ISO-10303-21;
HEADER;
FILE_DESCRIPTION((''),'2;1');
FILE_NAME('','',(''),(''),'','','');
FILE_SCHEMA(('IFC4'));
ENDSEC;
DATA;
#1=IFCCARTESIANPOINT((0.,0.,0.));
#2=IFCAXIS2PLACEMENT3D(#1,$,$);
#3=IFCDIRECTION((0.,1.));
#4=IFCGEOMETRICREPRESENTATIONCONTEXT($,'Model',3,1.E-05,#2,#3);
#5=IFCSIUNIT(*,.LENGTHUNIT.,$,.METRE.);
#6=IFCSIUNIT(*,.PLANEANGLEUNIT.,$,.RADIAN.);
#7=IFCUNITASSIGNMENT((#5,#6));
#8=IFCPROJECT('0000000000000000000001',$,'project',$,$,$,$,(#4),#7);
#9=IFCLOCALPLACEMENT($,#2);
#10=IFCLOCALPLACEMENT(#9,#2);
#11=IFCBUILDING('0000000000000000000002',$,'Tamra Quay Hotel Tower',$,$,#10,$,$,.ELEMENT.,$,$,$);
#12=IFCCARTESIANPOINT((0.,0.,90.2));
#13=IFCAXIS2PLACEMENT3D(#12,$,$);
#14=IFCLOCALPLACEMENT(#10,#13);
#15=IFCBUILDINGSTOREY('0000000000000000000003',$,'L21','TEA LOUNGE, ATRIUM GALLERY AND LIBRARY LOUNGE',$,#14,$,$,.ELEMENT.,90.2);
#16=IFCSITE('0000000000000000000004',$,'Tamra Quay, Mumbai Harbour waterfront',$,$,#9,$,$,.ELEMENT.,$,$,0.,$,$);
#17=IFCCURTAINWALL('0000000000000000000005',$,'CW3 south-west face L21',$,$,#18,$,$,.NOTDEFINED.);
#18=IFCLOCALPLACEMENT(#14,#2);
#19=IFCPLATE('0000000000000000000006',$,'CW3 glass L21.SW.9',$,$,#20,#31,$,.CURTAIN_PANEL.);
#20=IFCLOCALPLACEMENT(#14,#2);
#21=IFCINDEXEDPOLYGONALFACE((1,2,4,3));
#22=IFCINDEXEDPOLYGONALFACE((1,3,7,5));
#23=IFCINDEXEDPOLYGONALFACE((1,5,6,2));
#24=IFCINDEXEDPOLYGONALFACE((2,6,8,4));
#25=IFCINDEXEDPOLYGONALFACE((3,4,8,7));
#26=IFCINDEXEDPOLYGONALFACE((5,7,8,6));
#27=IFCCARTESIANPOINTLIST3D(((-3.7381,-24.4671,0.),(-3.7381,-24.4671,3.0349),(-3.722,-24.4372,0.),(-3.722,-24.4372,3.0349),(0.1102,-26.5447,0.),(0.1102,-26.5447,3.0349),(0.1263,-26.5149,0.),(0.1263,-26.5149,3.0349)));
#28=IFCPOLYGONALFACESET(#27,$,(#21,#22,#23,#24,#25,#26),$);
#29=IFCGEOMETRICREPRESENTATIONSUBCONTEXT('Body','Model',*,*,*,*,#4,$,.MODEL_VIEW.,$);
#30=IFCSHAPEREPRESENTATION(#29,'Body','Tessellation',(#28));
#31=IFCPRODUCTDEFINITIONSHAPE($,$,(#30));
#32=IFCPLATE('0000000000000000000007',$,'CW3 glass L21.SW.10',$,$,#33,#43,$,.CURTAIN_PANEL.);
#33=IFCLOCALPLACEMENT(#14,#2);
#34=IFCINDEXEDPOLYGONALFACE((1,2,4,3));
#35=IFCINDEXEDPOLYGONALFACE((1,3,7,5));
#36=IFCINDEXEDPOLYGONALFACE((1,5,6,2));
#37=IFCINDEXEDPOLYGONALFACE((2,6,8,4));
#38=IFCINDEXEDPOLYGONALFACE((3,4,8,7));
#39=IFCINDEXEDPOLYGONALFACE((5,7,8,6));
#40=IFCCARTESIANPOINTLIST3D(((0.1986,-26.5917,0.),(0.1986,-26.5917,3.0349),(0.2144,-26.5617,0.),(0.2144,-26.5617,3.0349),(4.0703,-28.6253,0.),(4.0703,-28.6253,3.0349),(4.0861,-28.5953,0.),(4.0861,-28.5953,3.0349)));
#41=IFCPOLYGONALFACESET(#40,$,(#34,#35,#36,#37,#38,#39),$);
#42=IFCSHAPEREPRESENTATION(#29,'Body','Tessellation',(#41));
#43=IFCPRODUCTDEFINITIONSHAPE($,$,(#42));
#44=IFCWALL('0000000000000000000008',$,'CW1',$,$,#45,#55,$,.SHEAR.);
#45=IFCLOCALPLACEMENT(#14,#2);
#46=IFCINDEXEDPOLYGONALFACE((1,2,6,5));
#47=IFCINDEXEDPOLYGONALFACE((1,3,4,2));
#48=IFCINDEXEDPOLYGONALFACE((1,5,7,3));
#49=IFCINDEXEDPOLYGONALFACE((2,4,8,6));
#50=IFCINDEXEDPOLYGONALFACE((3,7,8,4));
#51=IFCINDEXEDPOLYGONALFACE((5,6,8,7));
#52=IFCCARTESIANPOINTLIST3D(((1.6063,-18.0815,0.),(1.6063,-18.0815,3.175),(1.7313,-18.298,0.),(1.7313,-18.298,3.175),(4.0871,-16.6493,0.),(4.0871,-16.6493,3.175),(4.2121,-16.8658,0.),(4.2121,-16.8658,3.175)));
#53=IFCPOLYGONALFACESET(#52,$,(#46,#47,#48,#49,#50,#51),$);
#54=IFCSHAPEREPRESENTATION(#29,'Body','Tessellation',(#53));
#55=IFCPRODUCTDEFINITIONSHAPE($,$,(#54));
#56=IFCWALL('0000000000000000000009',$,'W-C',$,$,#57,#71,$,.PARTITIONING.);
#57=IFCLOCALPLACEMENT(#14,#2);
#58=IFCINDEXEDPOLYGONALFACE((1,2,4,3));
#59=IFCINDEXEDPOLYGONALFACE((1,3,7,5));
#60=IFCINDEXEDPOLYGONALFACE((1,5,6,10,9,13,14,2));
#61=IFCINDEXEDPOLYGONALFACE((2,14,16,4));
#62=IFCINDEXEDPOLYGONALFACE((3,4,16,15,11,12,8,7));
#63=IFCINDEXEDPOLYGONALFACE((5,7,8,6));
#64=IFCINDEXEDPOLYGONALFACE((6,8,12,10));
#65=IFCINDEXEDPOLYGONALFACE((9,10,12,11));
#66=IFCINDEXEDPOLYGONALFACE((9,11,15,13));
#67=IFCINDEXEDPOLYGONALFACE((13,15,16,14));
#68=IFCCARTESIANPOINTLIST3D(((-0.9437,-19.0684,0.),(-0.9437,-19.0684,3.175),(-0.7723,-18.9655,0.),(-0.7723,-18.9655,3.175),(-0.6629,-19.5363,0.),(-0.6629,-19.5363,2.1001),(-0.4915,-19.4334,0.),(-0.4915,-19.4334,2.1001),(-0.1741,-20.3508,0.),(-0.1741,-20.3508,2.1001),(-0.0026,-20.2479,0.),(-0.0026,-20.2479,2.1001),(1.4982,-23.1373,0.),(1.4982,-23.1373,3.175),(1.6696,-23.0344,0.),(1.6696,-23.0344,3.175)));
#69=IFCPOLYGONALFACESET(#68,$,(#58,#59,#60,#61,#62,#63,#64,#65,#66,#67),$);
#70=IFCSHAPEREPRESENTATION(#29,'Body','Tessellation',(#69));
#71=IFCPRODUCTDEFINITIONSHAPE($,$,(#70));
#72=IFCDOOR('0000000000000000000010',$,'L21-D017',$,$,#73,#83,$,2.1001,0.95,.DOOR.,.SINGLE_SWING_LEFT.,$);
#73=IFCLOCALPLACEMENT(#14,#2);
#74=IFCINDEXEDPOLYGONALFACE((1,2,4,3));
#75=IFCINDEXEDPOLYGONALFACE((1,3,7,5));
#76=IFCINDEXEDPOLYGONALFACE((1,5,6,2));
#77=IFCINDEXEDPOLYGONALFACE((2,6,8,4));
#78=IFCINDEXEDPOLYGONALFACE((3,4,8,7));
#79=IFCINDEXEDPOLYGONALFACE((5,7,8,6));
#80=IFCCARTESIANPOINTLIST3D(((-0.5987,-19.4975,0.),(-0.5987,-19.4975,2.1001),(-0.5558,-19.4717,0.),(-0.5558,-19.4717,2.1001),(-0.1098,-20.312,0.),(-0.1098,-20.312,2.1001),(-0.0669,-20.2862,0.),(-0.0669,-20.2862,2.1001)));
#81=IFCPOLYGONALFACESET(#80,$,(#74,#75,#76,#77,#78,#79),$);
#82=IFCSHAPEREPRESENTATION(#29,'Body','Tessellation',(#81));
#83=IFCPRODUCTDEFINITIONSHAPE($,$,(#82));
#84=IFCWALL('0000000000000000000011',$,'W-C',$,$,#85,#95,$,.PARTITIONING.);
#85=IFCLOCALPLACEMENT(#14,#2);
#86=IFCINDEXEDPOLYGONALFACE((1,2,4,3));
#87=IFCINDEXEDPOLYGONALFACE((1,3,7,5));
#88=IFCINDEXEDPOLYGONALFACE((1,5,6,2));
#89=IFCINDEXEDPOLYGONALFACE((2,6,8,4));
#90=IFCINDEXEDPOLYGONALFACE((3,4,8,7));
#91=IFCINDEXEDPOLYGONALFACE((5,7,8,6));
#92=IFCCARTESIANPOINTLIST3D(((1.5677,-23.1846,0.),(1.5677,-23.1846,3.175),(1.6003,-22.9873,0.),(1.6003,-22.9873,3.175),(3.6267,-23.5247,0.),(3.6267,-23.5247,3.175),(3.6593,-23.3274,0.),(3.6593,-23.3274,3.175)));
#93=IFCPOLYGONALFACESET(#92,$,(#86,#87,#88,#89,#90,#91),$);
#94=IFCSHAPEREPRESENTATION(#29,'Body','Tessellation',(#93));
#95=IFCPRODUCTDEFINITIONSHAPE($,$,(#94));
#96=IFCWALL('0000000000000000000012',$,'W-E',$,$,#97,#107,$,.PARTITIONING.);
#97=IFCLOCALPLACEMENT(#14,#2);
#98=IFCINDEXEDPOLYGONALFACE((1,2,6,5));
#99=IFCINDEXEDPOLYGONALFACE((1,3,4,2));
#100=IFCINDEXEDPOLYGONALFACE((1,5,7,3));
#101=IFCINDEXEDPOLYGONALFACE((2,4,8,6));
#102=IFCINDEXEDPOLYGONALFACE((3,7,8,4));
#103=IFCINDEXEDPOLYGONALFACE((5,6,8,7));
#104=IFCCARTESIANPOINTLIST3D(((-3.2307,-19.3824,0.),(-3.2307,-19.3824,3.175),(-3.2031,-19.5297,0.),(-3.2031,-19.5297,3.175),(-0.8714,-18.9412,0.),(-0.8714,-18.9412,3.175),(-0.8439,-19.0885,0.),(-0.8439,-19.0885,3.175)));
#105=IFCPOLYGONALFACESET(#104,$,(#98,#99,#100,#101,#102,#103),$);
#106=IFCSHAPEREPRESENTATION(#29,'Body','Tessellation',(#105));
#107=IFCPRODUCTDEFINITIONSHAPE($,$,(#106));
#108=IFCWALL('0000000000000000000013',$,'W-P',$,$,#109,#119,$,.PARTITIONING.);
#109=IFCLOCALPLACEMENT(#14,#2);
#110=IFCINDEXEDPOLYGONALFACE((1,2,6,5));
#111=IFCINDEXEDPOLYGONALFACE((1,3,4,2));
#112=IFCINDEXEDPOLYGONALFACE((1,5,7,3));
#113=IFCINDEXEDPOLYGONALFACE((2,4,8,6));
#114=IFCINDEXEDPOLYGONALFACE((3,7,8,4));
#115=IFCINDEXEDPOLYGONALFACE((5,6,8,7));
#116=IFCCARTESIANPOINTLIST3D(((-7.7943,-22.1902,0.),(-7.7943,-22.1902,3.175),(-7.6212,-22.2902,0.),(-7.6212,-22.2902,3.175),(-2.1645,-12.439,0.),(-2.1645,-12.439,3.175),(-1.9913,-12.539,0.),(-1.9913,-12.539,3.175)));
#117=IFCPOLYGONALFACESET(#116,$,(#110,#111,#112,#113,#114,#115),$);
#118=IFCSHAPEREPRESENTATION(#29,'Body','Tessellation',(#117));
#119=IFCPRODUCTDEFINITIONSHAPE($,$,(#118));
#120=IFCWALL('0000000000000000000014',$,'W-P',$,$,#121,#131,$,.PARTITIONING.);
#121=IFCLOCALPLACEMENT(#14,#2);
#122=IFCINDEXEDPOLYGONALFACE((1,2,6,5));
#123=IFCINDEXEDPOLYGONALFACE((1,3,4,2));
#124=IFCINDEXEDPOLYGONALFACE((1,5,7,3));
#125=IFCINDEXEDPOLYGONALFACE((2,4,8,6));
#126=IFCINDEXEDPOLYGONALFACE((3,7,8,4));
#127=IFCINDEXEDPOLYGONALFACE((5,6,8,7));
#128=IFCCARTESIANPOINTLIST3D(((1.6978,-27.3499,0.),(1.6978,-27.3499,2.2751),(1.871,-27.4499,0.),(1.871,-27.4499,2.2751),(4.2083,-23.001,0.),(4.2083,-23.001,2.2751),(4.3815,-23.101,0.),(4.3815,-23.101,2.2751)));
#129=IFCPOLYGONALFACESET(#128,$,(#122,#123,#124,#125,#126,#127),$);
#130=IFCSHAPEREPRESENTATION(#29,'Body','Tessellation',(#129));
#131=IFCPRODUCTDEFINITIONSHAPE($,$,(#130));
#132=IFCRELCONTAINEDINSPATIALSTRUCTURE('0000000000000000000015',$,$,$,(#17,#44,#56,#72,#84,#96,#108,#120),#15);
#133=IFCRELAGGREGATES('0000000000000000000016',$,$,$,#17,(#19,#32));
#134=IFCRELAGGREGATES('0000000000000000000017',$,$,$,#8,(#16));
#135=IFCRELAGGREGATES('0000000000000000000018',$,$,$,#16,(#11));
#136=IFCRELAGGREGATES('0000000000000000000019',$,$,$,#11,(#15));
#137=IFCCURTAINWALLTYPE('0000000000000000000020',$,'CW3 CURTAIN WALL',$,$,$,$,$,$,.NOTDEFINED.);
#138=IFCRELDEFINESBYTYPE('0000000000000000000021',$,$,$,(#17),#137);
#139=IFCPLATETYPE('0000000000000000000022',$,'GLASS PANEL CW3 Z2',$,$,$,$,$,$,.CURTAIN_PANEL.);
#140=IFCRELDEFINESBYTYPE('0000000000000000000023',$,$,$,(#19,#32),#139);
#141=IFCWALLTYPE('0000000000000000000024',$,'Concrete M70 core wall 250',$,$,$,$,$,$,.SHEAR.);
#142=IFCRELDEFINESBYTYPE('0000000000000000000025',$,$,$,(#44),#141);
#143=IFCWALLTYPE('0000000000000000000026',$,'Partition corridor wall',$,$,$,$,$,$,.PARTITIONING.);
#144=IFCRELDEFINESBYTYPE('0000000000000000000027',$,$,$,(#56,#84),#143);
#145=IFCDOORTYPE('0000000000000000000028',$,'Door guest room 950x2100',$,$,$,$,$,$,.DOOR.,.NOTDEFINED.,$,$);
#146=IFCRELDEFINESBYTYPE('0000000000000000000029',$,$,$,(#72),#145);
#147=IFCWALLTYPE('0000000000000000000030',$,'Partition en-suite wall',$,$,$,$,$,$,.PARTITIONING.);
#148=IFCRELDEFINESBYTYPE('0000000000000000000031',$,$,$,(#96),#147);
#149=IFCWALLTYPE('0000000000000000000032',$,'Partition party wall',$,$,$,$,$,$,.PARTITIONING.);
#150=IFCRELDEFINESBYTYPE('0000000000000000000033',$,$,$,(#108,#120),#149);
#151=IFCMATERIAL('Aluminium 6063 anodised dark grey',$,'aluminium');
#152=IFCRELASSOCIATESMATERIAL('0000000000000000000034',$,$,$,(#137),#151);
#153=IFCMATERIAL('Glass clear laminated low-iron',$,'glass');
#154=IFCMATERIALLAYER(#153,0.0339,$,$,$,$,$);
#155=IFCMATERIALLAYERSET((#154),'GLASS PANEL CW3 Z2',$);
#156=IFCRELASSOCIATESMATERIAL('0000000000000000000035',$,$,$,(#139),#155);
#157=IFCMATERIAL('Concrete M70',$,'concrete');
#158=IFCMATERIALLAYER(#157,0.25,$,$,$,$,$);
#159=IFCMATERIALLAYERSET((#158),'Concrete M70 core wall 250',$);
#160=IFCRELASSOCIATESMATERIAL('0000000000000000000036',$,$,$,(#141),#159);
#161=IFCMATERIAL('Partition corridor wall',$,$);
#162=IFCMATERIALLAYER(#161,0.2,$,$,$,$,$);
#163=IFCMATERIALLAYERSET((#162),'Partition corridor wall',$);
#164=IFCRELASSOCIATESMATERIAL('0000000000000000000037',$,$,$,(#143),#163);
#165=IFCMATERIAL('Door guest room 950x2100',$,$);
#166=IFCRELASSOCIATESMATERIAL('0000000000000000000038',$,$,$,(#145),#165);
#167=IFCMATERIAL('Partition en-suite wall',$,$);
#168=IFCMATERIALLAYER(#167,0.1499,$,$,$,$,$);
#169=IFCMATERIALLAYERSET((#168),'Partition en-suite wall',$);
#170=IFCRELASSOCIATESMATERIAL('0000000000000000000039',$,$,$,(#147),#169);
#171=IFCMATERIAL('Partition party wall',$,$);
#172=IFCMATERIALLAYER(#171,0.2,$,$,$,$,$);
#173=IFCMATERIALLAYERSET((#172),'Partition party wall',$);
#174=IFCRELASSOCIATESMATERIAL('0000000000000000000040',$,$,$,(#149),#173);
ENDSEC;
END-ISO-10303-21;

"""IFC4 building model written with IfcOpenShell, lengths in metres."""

from ifc_helpers import new_model, si_unit, direction, frame, frame_2d, origin, origin_2d, place, context, subcontext, project, spatial, rectangle, extrude, material, layer, layer_set, type_object, element, fill, aggregate, save


model = new_model("IFC4")

# Units and contexts
model_context = context("Model", 3, precision=1e-05, world=origin(), true_north=direction((0.0, 1.0)))
body_context = subcontext(model_context, "Body", "Model", "MODEL_VIEW")
ifc_project = project(units=[si_unit("LENGTHUNIT", "METRE"), si_unit("PLANEANGLEUNIT", "RADIAN")], contexts=[model_context])

# Site, building, storey
site_placement = place(None, origin())
site = spatial("IfcSite", under=ifc_project, at=site_placement, Name="Tamra Quay, Mumbai Harbour waterfront", CompositionType="ELEMENT", RefElevation=0.0)
building_placement = place(site_placement, origin())
building = spatial("IfcBuilding", under=site, at=building_placement, Name="Tamra Quay Hotel Tower", CompositionType="ELEMENT")
storey_placement = place(building_placement, frame((0.0, 0.0, 90.2)))
storey = spatial("IfcBuildingStorey", under=building, at=storey_placement, Name="L21", Description="TEA LOUNGE, ATRIUM GALLERY AND LIBRARY LOUNGE", CompositionType="ELEMENT", Elevation=90.2)

# Shared definitions
ifc_material_1 = material(Name="Concrete M70", Category="concrete")

# Curtain wall
ifc_material_2 = material(Name="Aluminium 6063 anodised dark grey", Category="aluminium")
curtain_wall_type = type_object("IfcCurtainWallType", Name="CW3 CURTAIN WALL", PredefinedType="NOTDEFINED", material=ifc_material_2)
curtain_wall_placement = place(storey_placement, origin())
curtain_wall = element("IfcCurtainWall", 1, at=curtain_wall_placement, inside=storey, type_object=curtain_wall_type, Name="CW3 south-west face L21", PredefinedType="NOTDEFINED")

# Plates
ifc_material_3 = material(Name="Glass clear laminated low-iron", Category="glass")
ifc_layer_1 = layer(ifc_material_3, 0.0339)
ifc_layer_set_1 = layer_set([ifc_layer_1], Name="GLASS PANEL CW3 Z2")
plate_type = type_object("IfcPlateType", Name="GLASS PANEL CW3 Z2", PredefinedType="CURTAIN_PANEL", material=ifc_layer_set_1)
plate_1_placement = place(storey_placement, frame((-1.8059, -25.491, 0.0), z_axis=(0.0, 0.0, 1.0), x_axis=(0.879946, -0.475074, 0.0)))
plate_1 = element("IfcPlate", 2, at=plate_1_placement, type_object=plate_type, Name="CW3 glass L21.SW.9", PredefinedType="CURTAIN_PANEL", context=body_context, shape_type="SweptSolid", body=[
    extrude(rectangle(XDim=4.3733, YDim=0.0339, at=origin_2d()), origin(), (0.0, 0.0, 1.0), 3.0349),
])
plate_2_placement = place(storey_placement, frame((2.1423, -27.5935, 0.0), z_axis=(0.0, 0.0, 1.0), x_axis=(0.885306, -0.465009, 0.0)))
plate_2 = element("IfcPlate", 3, at=plate_2_placement, type_object=plate_type, Name="CW3 glass L21.SW.10", PredefinedType="CURTAIN_PANEL", context=body_context, shape_type="SweptSolid", body=[
    extrude(rectangle(XDim=4.3733, YDim=0.0339, at=origin_2d()), origin(), (0.0, 0.0, 1.0), 3.0349),
])
aggregate(curtain_wall, [plate_1, plate_2])

# Wall
ifc_layer_2 = layer(ifc_material_1, 0.25)
ifc_layer_set_2 = layer_set([ifc_layer_2], Name="Concrete M70 core wall 250")
wall_type_1 = type_object("IfcWallType", Name="Concrete M70 core wall 250", PredefinedType="SHEAR", material=ifc_layer_set_2)
wall_1_placement = place(storey_placement, frame((1.6689, -18.1897, 0.0), z_axis=(0.0, 0.0, 1.0), x_axis=(0.866042, 0.499971, 0.0)))
element("IfcWall", 4, at=wall_1_placement, inside=storey, type_object=wall_type_1, Name="CW1", PredefinedType="SHEAR", context=body_context, shape_type="SweptSolid", body=[
    extrude(rectangle(XDim=2.8645, YDim=0.25, at=frame_2d((1.4321, 0.0))), origin(), (0.0, 0.0, 1.0), 3.175),
])

# Wall, opening, door
ifc_material_4 = material(Name="Partition corridor wall")
ifc_layer_3 = layer(ifc_material_4, 0.2)
ifc_layer_set_3 = layer_set([ifc_layer_3], Name="Partition corridor wall")
wall_type_2 = type_object("IfcWallType", Name="Partition corridor wall", PredefinedType="PARTITIONING", material=ifc_layer_set_3)
wall_2_placement = place(storey_placement, frame((-0.8579, -19.0171, 0.0), z_axis=(0.0, 0.0, 1.0), x_axis=(0.514587, -0.857438, 0.0)))
wall_2 = element("IfcWall", 5, at=wall_2_placement, inside=storey, type_object=wall_type_2, Name="W-C", PredefinedType="PARTITIONING", context=body_context, shape_type="SweptSolid", body=[
    extrude(rectangle(XDim=4.7454, YDim=0.2, at=frame_2d((2.3726, 0.0))), origin(), (0.0, 0.0, 1.0), 3.175),
])
opening_placement = place(wall_2_placement, frame((0.5454, 0.0, 0.0)))
opening = element("IfcOpeningElement", 6, at=opening_placement, cuts=wall_2, PredefinedType="OPENING", context=body_context, shape_type="SweptSolid", body=[
    extrude(rectangle(XDim=0.95, YDim=2.1001, at=frame_2d((0.4751, 1.05))), frame((0.0, 0.1099, 0.0), z_axis=(0.0, -1.0, 0.0), x_axis=(1.0, 0.0, 0.0)), (0.0, 0.0, 1.0), 0.22),
])
ifc_material_5 = material(Name="Door guest room 950x2100")
door_type = type_object("IfcDoorType", Name="Door guest room 950x2100", OperationType="NOTDEFINED", PredefinedType="DOOR", material=ifc_material_5)
door_placement = place(opening_placement, frame((0.95, 0.0, 0.0), z_axis=(0.0, 0.0, 1.0), x_axis=(-1.0, 0.0, 0.0)))
door = element("IfcDoor", 7, at=door_placement, inside=storey, type_object=door_type, Name="L21-D017", OperationType="SINGLE_SWING_LEFT", OverallHeight=2.1001, OverallWidth=0.95, PredefinedType="DOOR", context=body_context, shape_type="SweptSolid", body=[
    extrude(rectangle(XDim=0.95, YDim=2.1001, at=frame_2d((0.4751, 1.05))), frame((0.0, 0.0249, 0.0), z_axis=(0.0, -1.0, 0.0), x_axis=(1.0, 0.0, 0.0)), (0.0, 0.0, 1.0), 0.05),
])
fill(opening, door)

# Walls
wall_3_placement = place(storey_placement, frame((1.584, -23.0859, 0.0), z_axis=(0.0, 0.0, 1.0), x_axis=(0.986633, -0.162957, 0.0)))
element("IfcWall", 8, at=wall_3_placement, inside=storey, type_object=wall_type_2, Name="W-C", PredefinedType="PARTITIONING", context=body_context, shape_type="SweptSolid", body=[
    extrude(rectangle(XDim=2.0869, YDim=0.2, at=frame_2d((1.0435, 0.0))), origin(), (0.0, 0.0, 1.0), 3.175),
])
ifc_material_6 = material(Name="Partition en-suite wall")
ifc_layer_4 = layer(ifc_material_6, 0.1499)
ifc_layer_set_4 = layer_set([ifc_layer_4], Name="Partition en-suite wall")
wall_type_3 = type_object("IfcWallType", Name="Partition en-suite wall", PredefinedType="PARTITIONING", material=ifc_layer_set_4)
wall_4_placement = place(storey_placement, frame((-3.217, -19.4561, 0.0), z_axis=(0.0, 0.0, 1.0), x_axis=(0.982961, 0.183816, 0.0)))
element("IfcWall", 9, at=wall_4_placement, inside=storey, type_object=wall_type_3, Name="W-E", PredefinedType="PARTITIONING", context=body_context, shape_type="SweptSolid", body=[
    extrude(rectangle(XDim=2.4001, YDim=0.1499, at=frame_2d((1.2002, 0.0))), origin(), (0.0, 0.0, 1.0), 3.175),
])
ifc_material_7 = material(Name="Partition party wall")
ifc_layer_5 = layer(ifc_material_7, 0.2)
ifc_layer_set_5 = layer_set([ifc_layer_5], Name="Partition party wall")
wall_type_4 = type_object("IfcWallType", Name="Partition party wall", PredefinedType="PARTITIONING", material=ifc_layer_set_5)
wall_5_placement = place(storey_placement, frame((-7.7078, -22.2402, 0.0), z_axis=(0.0, 0.0, 1.0), x_axis=(0.500001, 0.866025, 0.0)))
element("IfcWall", 10, at=wall_5_placement, inside=storey, type_object=wall_type_4, Name="W-P", PredefinedType="PARTITIONING", context=body_context, shape_type="SweptSolid", body=[
    extrude(rectangle(XDim=11.2598, YDim=0.2, at=frame_2d((5.6299, 0.0))), origin(), (0.0, 0.0, 1.0), 3.175),
])
wall_6_placement = place(storey_placement, frame((1.7844, -27.3999, 0.0), z_axis=(0.0, 0.0, 1.0), x_axis=(0.499951, 0.866054, 0.0)))
element("IfcWall", 11, at=wall_6_placement, inside=storey, type_object=wall_type_4, Name="W-P", PredefinedType="PARTITIONING", context=body_context, shape_type="SweptSolid", body=[
    extrude(rectangle(XDim=5.0215, YDim=0.2, at=frame_2d((2.5107, 0.0))), origin(), (0.0, 0.0, 1.0), 2.2751),
])

save(model, "model.ifc")
